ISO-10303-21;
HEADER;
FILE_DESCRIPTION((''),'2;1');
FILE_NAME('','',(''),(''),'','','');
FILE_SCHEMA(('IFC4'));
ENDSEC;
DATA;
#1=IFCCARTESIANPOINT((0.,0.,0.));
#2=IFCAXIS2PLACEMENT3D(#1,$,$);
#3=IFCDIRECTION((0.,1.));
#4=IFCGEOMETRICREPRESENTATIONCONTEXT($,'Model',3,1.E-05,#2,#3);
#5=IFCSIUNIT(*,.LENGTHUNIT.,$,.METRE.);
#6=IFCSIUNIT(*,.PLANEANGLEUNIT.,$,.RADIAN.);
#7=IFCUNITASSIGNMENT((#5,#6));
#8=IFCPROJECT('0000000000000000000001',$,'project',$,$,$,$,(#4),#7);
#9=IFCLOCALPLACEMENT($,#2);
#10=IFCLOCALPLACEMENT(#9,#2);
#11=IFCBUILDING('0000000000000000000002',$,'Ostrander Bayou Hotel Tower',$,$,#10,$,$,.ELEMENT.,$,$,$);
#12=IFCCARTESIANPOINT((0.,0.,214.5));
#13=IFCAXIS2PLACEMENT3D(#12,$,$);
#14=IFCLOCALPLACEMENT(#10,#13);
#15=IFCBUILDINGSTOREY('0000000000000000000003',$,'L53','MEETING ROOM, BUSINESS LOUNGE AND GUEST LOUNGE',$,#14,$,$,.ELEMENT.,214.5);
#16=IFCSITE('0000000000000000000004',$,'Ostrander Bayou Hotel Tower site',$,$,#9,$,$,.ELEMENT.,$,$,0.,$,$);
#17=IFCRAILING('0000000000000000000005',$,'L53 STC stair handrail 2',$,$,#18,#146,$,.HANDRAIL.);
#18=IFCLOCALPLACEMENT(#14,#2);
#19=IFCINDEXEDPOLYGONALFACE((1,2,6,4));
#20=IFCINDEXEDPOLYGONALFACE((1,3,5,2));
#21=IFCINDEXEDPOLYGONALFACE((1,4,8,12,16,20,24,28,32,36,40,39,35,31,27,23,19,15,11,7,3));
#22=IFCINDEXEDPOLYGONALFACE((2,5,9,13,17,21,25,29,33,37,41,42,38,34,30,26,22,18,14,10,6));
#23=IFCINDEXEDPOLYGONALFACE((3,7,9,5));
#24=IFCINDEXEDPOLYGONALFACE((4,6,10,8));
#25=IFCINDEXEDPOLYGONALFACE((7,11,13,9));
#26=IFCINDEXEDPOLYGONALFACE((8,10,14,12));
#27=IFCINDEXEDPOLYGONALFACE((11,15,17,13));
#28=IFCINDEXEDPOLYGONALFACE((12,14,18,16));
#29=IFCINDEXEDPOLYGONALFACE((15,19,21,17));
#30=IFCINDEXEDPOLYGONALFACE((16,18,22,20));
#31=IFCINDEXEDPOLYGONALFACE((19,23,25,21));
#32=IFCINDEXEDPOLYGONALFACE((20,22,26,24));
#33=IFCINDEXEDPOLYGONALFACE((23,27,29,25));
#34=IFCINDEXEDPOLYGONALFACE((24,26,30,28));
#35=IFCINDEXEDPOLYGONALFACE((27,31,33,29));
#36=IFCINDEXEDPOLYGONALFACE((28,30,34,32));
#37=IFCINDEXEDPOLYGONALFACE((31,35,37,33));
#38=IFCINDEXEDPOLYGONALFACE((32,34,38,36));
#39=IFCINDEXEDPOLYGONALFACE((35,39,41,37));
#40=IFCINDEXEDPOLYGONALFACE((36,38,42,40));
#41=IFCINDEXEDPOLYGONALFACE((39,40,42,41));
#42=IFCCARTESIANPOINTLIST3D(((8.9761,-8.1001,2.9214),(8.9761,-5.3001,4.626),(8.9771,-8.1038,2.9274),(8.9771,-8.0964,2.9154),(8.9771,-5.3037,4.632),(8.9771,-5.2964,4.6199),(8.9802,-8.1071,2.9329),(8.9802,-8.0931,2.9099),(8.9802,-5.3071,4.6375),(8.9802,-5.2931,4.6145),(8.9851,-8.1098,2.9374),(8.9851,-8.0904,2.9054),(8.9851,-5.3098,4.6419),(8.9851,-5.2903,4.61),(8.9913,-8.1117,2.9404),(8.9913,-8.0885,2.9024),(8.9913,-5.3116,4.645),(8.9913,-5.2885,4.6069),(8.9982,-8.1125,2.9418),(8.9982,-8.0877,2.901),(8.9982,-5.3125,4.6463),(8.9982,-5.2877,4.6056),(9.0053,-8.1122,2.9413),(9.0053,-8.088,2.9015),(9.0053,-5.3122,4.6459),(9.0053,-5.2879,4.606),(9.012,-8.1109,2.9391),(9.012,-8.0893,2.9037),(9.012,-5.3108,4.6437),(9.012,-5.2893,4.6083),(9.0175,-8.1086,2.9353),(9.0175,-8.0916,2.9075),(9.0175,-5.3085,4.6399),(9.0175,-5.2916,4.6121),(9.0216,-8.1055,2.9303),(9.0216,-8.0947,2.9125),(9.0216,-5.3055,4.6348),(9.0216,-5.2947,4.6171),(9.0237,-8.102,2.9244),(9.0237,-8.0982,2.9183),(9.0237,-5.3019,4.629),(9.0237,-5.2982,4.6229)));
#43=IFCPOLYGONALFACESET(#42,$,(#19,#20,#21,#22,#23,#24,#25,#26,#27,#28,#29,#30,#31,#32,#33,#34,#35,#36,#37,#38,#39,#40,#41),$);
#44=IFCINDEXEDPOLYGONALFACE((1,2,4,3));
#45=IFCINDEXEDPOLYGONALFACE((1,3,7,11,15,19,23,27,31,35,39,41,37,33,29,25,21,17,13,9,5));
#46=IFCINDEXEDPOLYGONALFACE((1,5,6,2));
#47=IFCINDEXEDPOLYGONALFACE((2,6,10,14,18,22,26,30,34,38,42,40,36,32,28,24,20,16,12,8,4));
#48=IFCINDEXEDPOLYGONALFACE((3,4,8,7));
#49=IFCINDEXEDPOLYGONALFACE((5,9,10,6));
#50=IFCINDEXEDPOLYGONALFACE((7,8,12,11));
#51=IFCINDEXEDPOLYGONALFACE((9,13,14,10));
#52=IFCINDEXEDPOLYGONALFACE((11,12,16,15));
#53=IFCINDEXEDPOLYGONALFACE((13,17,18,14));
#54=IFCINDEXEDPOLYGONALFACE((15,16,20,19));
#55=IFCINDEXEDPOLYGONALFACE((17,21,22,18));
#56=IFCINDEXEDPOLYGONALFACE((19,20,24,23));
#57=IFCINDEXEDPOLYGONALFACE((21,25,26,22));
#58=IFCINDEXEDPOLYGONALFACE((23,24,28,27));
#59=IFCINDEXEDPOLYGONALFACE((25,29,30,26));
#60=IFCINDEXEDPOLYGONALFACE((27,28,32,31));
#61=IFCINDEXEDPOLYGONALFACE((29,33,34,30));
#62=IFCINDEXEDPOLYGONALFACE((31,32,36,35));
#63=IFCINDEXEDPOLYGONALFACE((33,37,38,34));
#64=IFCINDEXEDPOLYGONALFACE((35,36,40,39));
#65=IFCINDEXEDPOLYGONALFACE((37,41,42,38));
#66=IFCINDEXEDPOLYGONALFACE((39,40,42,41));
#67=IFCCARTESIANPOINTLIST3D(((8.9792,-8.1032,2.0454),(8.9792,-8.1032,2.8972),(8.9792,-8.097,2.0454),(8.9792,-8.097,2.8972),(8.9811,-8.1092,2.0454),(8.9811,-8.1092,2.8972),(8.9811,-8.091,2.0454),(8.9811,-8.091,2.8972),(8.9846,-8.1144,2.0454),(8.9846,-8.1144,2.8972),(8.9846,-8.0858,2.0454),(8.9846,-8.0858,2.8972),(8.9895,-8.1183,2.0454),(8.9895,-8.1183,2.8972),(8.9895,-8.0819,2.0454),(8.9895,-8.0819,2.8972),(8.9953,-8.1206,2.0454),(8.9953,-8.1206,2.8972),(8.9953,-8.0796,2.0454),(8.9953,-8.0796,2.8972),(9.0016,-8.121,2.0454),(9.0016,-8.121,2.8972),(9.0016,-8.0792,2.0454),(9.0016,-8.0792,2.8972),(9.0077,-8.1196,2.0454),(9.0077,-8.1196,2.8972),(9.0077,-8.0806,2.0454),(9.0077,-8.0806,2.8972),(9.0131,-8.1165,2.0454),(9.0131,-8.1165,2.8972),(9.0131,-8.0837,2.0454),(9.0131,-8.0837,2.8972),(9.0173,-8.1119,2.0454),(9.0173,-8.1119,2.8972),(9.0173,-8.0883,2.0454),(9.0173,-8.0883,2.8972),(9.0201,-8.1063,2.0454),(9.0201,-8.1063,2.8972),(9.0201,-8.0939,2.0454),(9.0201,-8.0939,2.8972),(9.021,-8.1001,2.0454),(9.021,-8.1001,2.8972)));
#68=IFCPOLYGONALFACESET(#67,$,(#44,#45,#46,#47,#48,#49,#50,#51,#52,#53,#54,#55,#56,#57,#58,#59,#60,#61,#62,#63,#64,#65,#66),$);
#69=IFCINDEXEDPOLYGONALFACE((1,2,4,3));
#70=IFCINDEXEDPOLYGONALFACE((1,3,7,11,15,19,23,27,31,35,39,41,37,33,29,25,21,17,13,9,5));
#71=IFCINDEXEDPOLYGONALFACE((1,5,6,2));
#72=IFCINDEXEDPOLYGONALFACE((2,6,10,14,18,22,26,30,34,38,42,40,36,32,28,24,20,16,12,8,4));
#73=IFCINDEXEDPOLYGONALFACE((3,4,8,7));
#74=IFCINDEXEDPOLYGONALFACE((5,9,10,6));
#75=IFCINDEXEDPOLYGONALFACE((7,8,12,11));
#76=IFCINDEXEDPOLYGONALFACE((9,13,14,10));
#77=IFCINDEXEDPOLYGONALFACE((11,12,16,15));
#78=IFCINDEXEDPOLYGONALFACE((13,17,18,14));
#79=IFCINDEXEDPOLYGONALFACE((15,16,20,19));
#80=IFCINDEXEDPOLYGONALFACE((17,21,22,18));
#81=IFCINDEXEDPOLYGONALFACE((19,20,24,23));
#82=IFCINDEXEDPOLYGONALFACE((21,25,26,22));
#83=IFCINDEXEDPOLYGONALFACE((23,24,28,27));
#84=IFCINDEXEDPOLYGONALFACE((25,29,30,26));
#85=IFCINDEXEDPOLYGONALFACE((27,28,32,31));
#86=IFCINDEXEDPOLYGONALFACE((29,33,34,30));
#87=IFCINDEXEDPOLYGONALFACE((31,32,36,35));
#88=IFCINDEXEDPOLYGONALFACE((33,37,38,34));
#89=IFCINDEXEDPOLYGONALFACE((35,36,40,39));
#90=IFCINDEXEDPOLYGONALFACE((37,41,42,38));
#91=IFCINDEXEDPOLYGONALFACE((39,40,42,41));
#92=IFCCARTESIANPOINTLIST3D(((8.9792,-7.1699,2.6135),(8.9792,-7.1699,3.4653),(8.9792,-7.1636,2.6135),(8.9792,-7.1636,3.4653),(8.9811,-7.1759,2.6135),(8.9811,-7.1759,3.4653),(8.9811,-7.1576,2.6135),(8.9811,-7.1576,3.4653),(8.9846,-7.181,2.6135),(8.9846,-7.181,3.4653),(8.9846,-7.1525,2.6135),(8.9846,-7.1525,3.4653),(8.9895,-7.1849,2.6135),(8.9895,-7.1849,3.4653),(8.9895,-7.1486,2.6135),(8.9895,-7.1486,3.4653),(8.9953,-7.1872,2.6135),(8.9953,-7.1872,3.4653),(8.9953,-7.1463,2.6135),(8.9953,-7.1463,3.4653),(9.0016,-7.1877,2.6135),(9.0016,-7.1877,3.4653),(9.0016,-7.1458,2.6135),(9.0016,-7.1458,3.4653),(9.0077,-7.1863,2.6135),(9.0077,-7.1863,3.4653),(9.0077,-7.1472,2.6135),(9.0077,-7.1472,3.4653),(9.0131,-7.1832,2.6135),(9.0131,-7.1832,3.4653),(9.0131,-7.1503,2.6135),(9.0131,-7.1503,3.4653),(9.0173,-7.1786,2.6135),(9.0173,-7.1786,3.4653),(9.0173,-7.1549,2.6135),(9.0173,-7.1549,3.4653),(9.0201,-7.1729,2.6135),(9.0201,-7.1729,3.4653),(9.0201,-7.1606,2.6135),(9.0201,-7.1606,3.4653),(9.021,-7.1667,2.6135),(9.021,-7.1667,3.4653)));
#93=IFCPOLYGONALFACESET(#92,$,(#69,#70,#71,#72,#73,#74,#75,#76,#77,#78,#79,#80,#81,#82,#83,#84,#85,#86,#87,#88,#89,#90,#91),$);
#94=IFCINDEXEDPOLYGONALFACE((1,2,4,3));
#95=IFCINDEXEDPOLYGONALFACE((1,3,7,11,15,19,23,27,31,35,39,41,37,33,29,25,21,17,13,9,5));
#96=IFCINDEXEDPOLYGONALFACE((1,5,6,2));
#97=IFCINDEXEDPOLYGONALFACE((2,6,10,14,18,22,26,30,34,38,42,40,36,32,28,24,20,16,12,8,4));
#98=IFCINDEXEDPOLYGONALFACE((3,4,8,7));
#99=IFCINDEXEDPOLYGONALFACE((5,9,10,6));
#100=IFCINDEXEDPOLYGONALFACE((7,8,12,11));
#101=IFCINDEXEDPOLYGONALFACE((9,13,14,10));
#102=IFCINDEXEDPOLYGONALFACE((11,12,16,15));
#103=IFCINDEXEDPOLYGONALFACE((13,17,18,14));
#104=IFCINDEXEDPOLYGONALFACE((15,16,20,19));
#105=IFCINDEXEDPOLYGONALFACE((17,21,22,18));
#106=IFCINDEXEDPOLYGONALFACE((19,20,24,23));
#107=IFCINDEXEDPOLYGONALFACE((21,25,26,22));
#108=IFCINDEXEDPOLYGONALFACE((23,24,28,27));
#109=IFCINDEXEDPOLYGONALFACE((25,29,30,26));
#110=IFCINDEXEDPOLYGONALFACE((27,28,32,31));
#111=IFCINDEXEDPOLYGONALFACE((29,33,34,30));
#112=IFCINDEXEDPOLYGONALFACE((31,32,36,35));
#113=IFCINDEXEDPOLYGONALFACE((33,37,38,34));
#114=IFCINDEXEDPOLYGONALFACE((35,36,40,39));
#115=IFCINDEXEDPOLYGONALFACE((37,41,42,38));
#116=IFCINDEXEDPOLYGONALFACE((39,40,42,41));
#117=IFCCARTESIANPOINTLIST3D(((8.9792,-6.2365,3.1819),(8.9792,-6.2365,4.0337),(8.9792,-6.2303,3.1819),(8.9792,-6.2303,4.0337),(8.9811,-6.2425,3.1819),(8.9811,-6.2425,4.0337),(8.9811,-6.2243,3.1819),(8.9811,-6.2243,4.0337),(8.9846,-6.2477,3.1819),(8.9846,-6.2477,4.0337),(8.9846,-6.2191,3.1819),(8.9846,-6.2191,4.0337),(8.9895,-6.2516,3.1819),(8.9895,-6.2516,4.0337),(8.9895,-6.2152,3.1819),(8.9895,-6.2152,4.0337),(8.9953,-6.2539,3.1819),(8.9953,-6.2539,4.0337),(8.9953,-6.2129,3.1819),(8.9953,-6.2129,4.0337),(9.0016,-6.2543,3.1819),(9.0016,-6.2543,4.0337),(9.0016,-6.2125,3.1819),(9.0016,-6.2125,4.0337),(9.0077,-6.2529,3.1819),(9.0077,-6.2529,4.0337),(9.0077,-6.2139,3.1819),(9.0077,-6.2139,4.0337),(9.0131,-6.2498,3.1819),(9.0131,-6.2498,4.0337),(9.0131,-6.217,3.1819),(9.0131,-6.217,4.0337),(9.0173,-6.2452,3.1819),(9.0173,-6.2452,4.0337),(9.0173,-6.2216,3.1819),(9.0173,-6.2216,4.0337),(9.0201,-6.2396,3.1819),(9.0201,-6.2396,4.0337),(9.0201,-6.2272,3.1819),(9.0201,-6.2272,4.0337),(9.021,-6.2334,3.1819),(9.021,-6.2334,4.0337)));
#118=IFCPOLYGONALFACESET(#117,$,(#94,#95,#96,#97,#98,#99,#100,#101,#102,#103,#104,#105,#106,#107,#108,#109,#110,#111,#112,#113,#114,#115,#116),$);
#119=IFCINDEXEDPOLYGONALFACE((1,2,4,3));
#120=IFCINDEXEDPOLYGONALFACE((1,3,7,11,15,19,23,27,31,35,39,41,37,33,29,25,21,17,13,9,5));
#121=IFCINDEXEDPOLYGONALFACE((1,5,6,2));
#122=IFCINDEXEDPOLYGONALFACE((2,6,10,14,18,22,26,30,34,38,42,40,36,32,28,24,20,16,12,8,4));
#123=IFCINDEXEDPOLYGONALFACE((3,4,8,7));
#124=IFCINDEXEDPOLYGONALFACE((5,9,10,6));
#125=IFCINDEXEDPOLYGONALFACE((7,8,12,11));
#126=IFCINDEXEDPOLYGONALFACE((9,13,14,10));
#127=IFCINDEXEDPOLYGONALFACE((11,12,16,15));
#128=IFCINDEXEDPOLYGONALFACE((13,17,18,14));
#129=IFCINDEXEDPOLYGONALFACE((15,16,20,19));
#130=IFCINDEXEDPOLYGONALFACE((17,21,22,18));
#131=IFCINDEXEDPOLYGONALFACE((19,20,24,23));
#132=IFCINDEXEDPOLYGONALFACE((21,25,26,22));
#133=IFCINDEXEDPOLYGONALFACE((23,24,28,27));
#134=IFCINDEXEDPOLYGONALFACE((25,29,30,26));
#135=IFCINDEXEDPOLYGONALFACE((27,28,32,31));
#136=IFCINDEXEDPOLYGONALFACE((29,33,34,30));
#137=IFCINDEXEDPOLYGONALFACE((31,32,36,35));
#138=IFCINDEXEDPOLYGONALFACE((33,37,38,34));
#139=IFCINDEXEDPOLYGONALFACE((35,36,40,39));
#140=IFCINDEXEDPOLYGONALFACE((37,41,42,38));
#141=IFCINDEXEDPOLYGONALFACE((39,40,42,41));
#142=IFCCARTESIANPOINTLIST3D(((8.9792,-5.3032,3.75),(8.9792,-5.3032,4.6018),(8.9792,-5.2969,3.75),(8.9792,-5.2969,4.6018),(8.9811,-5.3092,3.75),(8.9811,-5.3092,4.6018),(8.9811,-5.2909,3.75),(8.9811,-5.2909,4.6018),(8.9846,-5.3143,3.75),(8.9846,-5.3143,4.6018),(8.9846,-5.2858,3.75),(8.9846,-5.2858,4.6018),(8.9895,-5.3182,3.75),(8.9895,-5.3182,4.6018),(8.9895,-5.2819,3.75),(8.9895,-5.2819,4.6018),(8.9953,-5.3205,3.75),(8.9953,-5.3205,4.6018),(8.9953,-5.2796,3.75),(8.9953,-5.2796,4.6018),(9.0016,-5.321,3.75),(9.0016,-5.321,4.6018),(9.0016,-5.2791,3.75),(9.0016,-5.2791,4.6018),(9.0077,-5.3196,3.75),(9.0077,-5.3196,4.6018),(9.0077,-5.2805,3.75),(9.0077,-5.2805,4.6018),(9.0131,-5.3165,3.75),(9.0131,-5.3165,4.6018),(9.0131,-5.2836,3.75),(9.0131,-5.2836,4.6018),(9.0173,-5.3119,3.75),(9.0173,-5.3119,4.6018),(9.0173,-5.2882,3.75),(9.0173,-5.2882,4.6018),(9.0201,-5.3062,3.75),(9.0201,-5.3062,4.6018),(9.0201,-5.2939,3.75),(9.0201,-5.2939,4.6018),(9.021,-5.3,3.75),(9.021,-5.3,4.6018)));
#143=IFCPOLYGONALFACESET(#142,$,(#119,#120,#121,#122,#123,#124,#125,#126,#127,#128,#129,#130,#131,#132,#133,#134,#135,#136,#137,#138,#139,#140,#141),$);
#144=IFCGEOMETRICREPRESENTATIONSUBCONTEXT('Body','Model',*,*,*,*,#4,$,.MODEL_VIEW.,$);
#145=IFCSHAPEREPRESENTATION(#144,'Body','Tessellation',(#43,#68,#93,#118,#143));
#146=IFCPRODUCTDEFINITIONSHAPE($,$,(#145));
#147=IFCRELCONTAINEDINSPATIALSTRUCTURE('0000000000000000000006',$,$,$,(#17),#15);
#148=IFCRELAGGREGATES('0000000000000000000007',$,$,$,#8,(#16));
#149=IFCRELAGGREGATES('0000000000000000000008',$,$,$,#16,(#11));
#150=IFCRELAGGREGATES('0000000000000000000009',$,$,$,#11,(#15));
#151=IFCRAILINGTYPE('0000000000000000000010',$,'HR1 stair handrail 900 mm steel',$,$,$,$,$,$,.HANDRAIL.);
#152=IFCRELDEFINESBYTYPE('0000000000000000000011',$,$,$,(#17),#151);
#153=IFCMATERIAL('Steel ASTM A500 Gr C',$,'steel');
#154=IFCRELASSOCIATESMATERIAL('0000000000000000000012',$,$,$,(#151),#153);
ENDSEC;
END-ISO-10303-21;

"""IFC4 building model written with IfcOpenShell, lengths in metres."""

from ifc_helpers import new_model, si_unit, direction, frame, origin, origin_2d, place, context, subcontext, project, spatial, circle, extrude, material, type_object, element, save


model = new_model("IFC4")

# Units and contexts
model_context = context("Model", 3, precision=1e-05, world=origin(), true_north=direction((0.0, 1.0)))
body_context = subcontext(model_context, "Body", "Model", "MODEL_VIEW")
ifc_project = project(units=[si_unit("LENGTHUNIT", "METRE"), si_unit("PLANEANGLEUNIT", "RADIAN")], contexts=[model_context])

# Site, building, storey
site_placement = place(None, origin())
site = spatial("IfcSite", under=ifc_project, at=site_placement, Name="Ostrander Bayou Hotel Tower site", CompositionType="ELEMENT", RefElevation=0.0)
building_placement = place(site_placement, origin())
building = spatial("IfcBuilding", under=site, at=building_placement, Name="Ostrander Bayou Hotel Tower", CompositionType="ELEMENT")
storey_placement = place(building_placement, frame((0.0, 0.0, 214.5)))
storey = spatial("IfcBuildingStorey", under=building, at=storey_placement, Name="L53", Description="MEETING ROOM, BUSINESS LOUNGE AND GUEST LOUNGE", CompositionType="ELEMENT", Elevation=214.5)

# Railing
ifc_material_1 = material(Name="Steel ASTM A500 Gr C", Category="steel")
railing_type_1 = type_object("IfcRailingType", Name="HR1 stair handrail 900 mm steel", PredefinedType="HANDRAIL", material=ifc_material_1)
railing_1_placement = place(storey_placement, frame((9.0, -8.1001, 2.0454)))
element("IfcRailing", 1, at=railing_1_placement, inside=storey, type_object=railing_type_1, Name="L53 STC stair handrail 2", PredefinedType="HANDRAIL", context=body_context, shape_type="SweptSolid", body=[
    extrude(circle(Radius=0.0239, at=origin_2d()), frame((0.0, 0.0, 0.876), z_axis=(0.0, 0.85417, 0.519994), x_axis=(-1.0, 0.0, 0.0)), (0.0, 0.0, 1.0), 3.2781),
    extrude(circle(Radius=0.021, at=origin_2d()), origin(), (0.0, 0.0, 1.0), 0.8518),
    extrude(circle(Radius=0.021, at=origin_2d()), frame((0.0, 0.9333, 0.5681)), (0.0, 0.0, 1.0), 0.8518),
    extrude(circle(Radius=0.021, at=origin_2d()), frame((0.0, 1.8667, 1.1365)), (0.0, 0.0, 1.0), 0.8518),
    extrude(circle(Radius=0.021, at=origin_2d()), frame((0.0, 2.8, 1.7046)), (0.0, 0.0, 1.0), 0.8518),
])

save(model, "model.ifc")
